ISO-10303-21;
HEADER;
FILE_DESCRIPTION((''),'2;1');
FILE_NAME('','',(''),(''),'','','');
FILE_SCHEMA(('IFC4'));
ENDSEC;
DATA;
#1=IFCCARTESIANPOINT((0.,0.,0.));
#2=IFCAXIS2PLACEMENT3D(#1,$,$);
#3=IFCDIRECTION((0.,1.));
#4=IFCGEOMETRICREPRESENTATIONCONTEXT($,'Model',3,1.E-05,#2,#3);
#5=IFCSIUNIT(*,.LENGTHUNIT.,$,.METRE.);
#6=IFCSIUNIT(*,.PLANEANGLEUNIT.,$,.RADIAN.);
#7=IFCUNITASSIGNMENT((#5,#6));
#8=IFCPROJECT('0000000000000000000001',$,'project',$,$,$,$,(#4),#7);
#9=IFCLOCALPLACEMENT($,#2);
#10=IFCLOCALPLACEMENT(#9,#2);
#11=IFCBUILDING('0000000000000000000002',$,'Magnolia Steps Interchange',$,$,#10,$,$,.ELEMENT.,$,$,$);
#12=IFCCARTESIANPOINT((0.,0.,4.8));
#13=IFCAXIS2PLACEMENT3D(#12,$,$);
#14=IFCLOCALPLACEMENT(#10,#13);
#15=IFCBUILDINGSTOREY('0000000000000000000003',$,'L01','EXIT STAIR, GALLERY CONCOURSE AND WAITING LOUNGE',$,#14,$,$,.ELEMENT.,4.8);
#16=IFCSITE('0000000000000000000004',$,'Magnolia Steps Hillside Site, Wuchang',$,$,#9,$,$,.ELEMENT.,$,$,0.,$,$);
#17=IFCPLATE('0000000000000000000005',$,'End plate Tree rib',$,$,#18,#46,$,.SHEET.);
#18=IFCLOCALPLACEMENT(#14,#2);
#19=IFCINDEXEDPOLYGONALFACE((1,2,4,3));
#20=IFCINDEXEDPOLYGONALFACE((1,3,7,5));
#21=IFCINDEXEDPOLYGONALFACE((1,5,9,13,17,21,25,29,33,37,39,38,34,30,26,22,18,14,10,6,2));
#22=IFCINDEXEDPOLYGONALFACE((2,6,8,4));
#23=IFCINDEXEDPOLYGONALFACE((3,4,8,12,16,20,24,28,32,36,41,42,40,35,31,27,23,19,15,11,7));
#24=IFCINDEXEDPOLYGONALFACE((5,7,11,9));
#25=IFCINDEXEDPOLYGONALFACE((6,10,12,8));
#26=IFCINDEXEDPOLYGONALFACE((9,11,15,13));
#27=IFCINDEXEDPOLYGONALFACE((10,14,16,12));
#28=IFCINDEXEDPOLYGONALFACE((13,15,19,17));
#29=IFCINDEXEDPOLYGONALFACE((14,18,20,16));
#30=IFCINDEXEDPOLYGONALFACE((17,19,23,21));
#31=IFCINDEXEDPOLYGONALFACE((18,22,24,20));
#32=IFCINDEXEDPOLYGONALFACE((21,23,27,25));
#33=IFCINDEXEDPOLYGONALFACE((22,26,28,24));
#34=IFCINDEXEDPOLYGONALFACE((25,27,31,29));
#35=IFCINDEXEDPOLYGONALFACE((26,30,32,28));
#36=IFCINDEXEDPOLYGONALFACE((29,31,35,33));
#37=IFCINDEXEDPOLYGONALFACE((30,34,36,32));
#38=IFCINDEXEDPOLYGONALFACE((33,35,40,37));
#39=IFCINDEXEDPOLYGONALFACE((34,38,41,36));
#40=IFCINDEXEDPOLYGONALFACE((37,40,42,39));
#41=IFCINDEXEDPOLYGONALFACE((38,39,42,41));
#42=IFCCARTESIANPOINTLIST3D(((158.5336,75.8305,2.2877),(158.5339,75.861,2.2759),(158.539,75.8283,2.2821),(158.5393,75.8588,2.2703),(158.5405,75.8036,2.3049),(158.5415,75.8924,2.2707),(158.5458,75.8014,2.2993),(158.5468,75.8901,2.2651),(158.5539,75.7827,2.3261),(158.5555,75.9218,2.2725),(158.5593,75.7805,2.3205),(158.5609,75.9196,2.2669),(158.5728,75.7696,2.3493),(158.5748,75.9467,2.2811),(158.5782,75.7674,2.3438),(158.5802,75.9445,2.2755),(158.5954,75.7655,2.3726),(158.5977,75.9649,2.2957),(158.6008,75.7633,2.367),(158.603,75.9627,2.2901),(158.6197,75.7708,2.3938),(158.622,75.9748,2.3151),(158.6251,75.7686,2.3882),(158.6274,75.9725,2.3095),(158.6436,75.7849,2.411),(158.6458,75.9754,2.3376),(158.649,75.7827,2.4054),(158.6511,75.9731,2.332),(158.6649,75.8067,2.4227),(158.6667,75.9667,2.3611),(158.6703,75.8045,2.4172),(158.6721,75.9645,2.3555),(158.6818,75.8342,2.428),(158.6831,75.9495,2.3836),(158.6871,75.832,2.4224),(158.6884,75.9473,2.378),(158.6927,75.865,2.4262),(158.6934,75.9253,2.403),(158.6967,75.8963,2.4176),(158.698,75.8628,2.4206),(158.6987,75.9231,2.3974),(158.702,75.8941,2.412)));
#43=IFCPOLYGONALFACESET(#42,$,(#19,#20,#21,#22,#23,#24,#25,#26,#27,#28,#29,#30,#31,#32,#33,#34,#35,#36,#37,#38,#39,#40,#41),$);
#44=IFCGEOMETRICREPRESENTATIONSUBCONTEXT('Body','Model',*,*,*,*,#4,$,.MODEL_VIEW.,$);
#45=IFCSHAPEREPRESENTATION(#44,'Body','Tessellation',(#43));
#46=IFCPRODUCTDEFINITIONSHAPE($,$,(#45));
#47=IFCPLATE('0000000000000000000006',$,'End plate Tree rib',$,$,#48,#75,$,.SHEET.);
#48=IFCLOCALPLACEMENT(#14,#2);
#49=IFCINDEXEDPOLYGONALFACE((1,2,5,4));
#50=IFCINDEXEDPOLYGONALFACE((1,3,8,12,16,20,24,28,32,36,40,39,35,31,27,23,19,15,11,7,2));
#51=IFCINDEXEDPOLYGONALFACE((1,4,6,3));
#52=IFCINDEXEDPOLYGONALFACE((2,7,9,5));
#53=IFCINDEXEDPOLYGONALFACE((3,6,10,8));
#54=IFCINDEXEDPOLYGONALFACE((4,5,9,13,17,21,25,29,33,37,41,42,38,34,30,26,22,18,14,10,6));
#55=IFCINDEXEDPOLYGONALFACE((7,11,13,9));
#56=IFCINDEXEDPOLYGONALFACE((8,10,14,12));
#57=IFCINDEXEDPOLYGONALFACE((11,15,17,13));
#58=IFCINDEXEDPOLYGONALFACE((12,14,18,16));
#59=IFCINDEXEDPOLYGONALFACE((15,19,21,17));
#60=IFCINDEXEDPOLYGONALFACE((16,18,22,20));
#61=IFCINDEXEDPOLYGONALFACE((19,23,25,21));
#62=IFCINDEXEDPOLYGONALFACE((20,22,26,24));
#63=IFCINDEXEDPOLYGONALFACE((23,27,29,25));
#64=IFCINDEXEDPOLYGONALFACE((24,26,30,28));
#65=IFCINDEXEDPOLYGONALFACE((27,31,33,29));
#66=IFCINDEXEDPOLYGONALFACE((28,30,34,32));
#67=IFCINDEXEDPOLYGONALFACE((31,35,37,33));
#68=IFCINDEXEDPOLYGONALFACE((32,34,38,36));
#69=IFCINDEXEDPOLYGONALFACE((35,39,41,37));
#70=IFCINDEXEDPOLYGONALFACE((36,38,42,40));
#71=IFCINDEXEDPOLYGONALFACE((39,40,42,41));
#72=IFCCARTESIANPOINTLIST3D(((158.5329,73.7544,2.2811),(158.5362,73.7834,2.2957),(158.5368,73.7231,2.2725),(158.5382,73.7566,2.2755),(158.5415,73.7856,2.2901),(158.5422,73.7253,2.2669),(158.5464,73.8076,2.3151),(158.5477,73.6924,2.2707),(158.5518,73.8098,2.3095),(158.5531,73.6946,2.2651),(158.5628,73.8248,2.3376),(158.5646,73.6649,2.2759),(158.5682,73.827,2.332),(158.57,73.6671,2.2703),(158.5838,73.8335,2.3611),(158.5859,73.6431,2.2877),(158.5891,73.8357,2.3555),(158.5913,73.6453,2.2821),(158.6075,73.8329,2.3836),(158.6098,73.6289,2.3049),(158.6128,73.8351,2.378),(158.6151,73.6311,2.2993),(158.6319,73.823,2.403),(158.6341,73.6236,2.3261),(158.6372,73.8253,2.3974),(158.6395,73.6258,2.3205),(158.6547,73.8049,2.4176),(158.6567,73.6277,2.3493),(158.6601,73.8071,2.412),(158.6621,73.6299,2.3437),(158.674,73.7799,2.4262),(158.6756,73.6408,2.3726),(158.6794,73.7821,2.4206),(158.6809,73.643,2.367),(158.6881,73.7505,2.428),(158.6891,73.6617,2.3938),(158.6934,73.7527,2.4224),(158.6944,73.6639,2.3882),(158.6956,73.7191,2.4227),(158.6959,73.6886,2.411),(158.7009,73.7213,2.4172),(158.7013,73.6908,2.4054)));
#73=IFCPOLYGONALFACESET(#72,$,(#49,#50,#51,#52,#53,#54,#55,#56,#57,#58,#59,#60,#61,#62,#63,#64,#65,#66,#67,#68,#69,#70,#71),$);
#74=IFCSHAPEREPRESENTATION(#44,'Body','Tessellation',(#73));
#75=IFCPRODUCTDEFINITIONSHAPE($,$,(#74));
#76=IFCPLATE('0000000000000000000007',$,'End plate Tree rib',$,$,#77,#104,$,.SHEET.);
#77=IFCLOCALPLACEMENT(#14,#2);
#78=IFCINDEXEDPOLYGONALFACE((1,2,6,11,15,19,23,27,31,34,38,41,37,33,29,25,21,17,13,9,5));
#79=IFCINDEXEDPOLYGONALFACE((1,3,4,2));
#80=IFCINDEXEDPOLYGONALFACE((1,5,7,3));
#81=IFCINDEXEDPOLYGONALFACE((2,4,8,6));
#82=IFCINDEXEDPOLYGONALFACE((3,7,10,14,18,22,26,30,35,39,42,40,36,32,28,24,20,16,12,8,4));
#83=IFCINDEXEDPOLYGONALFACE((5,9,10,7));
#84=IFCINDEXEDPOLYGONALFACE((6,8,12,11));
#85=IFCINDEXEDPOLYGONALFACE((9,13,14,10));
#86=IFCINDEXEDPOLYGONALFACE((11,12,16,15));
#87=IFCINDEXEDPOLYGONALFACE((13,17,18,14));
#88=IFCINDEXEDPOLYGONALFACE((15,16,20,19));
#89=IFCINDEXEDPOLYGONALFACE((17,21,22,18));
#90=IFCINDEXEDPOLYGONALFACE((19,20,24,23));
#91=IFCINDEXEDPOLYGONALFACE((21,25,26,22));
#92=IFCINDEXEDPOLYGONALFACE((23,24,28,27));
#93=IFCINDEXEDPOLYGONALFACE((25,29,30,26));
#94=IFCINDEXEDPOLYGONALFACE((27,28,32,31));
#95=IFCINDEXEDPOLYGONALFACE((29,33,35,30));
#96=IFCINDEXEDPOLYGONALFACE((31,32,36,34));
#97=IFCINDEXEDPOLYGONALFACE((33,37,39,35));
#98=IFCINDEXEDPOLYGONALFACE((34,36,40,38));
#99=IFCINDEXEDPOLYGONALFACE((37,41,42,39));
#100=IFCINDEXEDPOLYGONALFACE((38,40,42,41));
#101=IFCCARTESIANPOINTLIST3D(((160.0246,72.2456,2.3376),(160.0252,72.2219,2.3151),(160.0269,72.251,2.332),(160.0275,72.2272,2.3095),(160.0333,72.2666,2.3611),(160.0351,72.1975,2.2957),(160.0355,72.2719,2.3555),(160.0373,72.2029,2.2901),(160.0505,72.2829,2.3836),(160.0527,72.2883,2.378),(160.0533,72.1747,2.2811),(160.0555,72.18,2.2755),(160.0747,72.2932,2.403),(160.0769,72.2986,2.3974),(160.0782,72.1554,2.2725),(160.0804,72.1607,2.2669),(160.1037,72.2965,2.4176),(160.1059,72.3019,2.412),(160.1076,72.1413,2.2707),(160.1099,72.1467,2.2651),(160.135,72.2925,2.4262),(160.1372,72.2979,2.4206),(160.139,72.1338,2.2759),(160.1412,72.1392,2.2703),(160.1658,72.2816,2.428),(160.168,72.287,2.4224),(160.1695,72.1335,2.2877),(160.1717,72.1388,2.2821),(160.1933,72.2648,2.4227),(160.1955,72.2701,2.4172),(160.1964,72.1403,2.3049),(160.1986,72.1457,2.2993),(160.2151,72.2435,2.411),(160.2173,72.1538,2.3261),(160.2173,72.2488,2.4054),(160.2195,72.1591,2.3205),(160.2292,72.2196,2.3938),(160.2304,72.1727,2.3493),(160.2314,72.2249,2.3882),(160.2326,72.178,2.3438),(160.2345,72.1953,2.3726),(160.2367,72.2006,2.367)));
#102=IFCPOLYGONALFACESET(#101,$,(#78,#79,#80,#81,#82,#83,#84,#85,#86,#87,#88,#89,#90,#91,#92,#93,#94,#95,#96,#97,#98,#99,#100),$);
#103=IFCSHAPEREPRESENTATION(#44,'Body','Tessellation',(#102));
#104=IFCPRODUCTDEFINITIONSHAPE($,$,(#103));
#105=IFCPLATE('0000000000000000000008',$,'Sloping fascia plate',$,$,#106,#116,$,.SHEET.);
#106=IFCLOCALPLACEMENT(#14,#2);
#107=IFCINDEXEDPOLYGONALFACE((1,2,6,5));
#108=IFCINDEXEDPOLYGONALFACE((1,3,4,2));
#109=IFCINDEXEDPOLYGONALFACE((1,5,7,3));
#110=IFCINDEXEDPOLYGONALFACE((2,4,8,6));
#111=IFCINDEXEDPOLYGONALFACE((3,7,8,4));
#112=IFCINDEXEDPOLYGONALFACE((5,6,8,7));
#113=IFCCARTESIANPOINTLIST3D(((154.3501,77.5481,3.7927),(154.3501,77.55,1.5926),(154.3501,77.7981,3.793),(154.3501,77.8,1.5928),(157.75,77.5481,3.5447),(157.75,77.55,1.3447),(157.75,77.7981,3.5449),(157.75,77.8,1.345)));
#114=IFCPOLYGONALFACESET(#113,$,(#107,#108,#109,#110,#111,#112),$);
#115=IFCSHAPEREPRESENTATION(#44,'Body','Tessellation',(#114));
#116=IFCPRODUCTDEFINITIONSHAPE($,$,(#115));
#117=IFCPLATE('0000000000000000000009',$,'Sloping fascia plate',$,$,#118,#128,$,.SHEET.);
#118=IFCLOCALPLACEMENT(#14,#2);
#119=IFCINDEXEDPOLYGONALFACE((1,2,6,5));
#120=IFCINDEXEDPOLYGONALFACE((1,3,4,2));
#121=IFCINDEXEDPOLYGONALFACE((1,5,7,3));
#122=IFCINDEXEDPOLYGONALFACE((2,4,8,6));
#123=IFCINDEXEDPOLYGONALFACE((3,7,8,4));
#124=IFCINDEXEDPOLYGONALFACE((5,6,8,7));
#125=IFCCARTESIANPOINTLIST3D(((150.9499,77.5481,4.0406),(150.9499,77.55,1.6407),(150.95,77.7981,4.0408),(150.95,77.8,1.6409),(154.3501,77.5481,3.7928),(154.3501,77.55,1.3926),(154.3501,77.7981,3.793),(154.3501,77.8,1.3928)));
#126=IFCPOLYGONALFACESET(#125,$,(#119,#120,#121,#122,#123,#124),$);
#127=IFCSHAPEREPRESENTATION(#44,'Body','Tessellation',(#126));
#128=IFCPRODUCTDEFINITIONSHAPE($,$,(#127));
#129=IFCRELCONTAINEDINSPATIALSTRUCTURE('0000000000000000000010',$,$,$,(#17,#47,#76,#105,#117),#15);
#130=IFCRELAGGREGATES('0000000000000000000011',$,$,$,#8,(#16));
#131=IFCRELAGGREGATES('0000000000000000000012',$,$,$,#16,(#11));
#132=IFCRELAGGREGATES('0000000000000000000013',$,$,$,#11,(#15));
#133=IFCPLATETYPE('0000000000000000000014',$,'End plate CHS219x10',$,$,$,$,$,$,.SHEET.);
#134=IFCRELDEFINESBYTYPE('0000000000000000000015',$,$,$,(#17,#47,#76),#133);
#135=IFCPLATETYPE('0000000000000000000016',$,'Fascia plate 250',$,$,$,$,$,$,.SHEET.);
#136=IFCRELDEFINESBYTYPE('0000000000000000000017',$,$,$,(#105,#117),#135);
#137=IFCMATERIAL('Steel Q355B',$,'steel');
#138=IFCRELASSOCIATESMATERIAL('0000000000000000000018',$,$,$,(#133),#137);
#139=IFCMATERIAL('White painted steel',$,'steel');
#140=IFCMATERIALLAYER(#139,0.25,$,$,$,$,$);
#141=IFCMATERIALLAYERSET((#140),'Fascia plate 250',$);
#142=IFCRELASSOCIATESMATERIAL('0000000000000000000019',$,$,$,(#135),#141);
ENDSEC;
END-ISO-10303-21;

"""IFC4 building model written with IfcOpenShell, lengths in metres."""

from ifc_helpers import new_model, si_unit, direction, frame, origin, origin_2d, place, context, subcontext, project, spatial, polyline, circle, outline, extrude, material, layer, layer_set, material_profile, profile_set, type_object, element, save


model = new_model("IFC4")

# Units and contexts
model_context = context("Model", 3, precision=1e-05, world=origin(), true_north=direction((0.0, 1.0)))
body_context = subcontext(model_context, "Body", "Model", "MODEL_VIEW")
ifc_project = project(units=[si_unit("LENGTHUNIT", "METRE"), si_unit("PLANEANGLEUNIT", "RADIAN")], contexts=[model_context])

# Site, building, storey
site_placement = place(None, origin())
site = spatial("IfcSite", under=ifc_project, at=site_placement, Name="Magnolia Steps Hillside Site, Wuchang", CompositionType="ELEMENT", RefElevation=0.0)
building_placement = place(site_placement, origin())
building = spatial("IfcBuilding", under=site, at=building_placement, Name="Magnolia Steps Interchange", CompositionType="ELEMENT")
storey_placement = place(building_placement, frame((0.0, 0.0, 4.8)))
storey = spatial("IfcBuildingStorey", under=building, at=storey_placement, Name="L01", Description="EXIT STAIR, GALLERY CONCOURSE AND WAITING LOUNGE", CompositionType="ELEMENT", Elevation=4.8)

# Plates
ifc_material_1 = material(Name="Steel Q355B", Category="steel")
ifc_material_profile_1 = material_profile(ifc_material_1, circle(Radius=0.1096, at=origin_2d()), Name="End plate CHS219x10")
ifc_profile_set_1 = profile_set([ifc_material_profile_1], Name="Steel Q355B")
plate_type_1 = type_object("IfcPlateType", Name="End plate CHS219x10", PredefinedType="SHEET", material=ifc_profile_set_1)
for number, where, z_axis, x_axis, name in (
    (1, (158.6201, 75.8687, 2.3438), (-0.664583, 0.275279, 0.694658), (-0.382683, -0.92388, 0.0), "End plate Tree rib"),
    (2, (158.6201, 73.7312, 2.3438), (-0.664583, -0.275279, 0.694658), (0.382683, -0.92388, 0.0), "End plate Tree rib"),
    (3, (160.1313, 72.22, 2.3438), (-0.275279, -0.664583, 0.694658), (0.92388, -0.382683, 0.0), "End plate Tree rib"),
):
    element("IfcPlate", number, at=place(storey_placement, frame(where, z_axis=z_axis, x_axis=x_axis)), inside=storey, type_object=plate_type_1, Name=name, PredefinedType="SHEET", context=body_context, shape_type="SweptSolid", body=[
        extrude(circle(Radius=0.1096, at=origin_2d()), origin(), (0.0, 0.0, 1.0), 0.0081),
    ])
ifc_material_2 = material(Name="White painted steel", Category="steel")
ifc_layer = layer(ifc_material_2, 0.25)
ifc_layer_set = layer_set([ifc_layer], Name="Fascia plate 250")
plate_type_2 = type_object("IfcPlateType", Name="Fascia plate 250", PredefinedType="SHEET", material=ifc_layer_set)
plate_1_placement = place(storey_placement, frame((157.75, 77.8, 1.345), z_axis=(0.000065, 1.0, 0.000888), x_axis=(-0.997354, 0.0, 0.072692)))
element("IfcPlate", 4, at=plate_1_placement, inside=storey, type_object=plate_type_2, Name="Sloping fascia plate", PredefinedType="SHEET", context=body_context, shape_type="SweptSolid", body=[
    extrude(outline(polyline([(0.0, 0.0), (3.4089, 0.0), (3.5689, 2.1944), (0.1599, 2.1941), (0.0, 0.0)])), origin(), (0.0, 0.0, -1.0), 0.25),
])
plate_2_placement = place(storey_placement, frame((154.3501, 77.8, 1.3928), z_axis=(0.000059, 1.0, 0.000814), x_axis=(-0.99735, 0.0, 0.072758)))
element("IfcPlate", 5, at=plate_2_placement, inside=storey, type_object=plate_type_2, Name="Sloping fascia plate", PredefinedType="SHEET", context=body_context, shape_type="SweptSolid", body=[
    extrude(outline(polyline([(0.0, 0.0), (3.4092, 0.0), (3.5838, 2.3935), (0.1746, 2.3938), (0.0, 0.0)])), origin(), (0.0, 0.0, -1.0), 0.25),
])

save(model, "model.ifc")
